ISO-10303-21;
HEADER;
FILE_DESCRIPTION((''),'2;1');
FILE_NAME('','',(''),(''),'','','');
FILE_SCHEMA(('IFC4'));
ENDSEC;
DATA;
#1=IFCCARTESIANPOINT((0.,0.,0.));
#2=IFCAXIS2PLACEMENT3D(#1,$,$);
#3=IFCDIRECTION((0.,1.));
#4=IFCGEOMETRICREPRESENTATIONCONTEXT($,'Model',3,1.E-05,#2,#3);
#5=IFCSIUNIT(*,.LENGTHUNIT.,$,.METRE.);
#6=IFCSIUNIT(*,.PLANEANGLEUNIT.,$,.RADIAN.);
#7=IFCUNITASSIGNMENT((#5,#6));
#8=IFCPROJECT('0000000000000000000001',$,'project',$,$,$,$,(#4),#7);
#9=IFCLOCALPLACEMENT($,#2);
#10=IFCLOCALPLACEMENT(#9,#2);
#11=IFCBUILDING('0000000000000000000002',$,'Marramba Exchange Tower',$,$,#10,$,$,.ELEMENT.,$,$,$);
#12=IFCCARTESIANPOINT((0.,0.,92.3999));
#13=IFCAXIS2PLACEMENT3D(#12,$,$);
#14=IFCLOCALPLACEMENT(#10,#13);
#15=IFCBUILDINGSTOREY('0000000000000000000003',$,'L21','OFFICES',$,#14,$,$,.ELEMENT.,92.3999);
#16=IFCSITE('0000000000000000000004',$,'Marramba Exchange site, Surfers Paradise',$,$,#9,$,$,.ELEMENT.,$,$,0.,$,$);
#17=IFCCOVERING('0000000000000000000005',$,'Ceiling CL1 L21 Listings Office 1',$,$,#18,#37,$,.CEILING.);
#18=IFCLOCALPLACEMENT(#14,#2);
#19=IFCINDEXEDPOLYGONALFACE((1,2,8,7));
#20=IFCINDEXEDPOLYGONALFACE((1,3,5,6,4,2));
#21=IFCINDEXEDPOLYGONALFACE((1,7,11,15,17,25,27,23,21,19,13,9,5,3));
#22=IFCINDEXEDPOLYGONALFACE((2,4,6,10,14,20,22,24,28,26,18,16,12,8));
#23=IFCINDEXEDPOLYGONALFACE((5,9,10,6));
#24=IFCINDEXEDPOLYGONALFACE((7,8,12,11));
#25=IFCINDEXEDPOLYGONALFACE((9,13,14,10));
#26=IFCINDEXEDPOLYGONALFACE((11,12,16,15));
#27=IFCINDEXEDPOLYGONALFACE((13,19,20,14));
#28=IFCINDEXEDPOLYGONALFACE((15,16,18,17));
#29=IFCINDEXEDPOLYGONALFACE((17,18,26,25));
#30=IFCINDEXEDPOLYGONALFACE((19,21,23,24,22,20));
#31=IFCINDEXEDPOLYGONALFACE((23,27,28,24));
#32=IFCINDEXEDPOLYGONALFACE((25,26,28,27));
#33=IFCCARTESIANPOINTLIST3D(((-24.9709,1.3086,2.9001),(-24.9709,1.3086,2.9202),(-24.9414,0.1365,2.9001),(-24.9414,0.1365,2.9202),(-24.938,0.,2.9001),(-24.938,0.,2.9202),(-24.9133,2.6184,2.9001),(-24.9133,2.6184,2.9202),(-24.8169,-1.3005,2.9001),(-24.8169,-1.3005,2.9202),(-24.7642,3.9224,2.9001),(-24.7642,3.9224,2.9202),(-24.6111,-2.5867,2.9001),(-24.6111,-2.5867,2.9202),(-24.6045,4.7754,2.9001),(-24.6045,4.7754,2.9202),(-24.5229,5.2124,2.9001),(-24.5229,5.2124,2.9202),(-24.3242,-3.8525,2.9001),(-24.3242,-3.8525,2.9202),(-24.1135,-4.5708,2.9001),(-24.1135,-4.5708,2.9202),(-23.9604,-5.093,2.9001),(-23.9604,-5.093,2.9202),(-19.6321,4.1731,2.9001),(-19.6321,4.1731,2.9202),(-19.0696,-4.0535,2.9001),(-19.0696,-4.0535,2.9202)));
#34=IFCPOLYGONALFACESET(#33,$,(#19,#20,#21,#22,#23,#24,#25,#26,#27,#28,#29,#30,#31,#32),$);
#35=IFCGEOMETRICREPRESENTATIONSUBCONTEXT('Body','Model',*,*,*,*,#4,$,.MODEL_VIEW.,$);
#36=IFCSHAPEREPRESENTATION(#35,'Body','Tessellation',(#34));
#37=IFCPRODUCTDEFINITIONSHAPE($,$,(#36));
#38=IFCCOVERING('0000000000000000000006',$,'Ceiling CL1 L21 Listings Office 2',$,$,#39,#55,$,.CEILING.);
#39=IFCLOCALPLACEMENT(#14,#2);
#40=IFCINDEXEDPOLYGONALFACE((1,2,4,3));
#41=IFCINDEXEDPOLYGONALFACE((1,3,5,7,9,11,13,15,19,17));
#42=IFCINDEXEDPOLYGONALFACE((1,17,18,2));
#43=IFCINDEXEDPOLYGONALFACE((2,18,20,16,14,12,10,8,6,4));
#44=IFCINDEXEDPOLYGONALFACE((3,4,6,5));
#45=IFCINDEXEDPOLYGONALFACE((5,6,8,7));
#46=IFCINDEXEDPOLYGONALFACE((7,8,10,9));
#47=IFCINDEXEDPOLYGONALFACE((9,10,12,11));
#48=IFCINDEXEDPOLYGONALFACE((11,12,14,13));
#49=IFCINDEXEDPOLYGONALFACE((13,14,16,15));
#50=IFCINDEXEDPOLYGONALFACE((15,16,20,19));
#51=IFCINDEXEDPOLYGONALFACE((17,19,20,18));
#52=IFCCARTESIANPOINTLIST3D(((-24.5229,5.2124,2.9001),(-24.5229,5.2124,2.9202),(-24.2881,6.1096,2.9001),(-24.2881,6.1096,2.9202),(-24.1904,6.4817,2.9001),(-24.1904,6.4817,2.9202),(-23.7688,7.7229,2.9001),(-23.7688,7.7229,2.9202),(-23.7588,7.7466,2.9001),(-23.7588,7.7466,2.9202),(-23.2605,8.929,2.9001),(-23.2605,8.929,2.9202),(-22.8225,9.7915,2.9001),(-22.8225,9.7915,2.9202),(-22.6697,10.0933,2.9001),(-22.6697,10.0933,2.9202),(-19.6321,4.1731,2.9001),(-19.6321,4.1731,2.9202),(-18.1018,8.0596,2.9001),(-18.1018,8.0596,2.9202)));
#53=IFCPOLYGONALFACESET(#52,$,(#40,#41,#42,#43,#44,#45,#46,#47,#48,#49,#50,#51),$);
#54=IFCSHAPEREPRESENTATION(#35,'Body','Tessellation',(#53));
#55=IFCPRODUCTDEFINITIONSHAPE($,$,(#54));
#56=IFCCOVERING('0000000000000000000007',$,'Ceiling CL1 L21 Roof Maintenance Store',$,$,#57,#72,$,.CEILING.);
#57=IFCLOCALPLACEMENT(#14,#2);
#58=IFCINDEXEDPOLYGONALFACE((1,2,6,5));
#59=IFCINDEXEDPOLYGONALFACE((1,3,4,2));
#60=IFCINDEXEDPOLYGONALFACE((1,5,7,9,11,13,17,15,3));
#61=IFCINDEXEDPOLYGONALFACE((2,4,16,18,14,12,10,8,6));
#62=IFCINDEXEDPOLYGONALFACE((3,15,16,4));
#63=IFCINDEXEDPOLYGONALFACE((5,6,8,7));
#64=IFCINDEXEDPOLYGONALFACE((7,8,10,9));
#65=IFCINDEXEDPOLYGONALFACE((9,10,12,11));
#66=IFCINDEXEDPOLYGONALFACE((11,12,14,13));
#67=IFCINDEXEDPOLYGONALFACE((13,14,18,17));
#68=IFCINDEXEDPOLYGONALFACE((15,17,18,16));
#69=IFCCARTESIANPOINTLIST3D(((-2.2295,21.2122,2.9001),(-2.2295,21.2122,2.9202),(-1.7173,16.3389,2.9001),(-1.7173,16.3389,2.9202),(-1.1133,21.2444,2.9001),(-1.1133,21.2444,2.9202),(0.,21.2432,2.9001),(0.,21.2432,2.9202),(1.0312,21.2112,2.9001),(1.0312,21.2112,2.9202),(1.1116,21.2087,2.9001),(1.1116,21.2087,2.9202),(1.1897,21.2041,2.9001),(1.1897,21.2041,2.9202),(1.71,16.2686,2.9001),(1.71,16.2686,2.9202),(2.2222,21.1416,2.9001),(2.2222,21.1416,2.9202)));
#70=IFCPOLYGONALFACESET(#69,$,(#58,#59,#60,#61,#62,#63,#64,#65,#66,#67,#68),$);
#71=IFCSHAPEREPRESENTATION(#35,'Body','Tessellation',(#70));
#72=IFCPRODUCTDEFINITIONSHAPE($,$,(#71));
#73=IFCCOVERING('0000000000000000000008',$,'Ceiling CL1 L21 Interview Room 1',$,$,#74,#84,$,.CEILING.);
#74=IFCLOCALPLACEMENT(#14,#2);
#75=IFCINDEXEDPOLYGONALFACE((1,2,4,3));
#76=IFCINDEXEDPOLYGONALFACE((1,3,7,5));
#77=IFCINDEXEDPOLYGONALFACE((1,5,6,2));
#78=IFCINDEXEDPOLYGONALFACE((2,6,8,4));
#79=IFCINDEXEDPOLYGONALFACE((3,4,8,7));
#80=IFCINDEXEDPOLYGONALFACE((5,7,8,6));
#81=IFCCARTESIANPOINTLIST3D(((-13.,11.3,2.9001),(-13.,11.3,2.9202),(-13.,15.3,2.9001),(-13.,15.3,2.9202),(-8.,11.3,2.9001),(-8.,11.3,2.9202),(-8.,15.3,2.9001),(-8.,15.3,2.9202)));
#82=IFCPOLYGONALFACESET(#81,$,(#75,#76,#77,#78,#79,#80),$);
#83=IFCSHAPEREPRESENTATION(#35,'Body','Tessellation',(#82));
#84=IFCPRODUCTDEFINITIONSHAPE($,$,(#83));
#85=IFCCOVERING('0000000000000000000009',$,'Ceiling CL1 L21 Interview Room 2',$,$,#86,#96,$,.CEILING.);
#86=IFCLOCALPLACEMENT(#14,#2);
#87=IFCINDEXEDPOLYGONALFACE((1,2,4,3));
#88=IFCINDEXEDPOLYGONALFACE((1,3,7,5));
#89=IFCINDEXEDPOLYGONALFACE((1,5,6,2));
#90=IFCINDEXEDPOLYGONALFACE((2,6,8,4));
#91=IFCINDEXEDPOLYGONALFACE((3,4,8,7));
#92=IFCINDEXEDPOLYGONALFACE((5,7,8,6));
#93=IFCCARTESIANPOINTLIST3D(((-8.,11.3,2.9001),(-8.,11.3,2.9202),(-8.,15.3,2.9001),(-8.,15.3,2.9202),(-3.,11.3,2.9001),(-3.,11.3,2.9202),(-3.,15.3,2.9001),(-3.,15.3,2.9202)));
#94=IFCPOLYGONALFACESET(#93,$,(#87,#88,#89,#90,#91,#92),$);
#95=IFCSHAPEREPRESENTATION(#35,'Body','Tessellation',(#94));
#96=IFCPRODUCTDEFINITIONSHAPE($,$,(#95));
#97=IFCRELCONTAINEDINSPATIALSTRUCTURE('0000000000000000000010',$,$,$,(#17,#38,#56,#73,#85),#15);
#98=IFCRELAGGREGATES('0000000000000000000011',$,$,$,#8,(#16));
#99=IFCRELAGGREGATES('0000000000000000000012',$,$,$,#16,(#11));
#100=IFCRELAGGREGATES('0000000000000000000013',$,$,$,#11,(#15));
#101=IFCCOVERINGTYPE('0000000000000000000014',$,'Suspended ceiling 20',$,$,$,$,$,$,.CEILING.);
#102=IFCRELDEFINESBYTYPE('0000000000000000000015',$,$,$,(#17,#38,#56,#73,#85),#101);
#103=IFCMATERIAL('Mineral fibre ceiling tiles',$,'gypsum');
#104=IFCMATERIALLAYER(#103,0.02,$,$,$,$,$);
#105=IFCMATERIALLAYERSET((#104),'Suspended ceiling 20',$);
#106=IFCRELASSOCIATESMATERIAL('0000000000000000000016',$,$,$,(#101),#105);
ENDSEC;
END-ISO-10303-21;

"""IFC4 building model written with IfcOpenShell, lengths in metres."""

from ifc_helpers import new_model, si_unit, direction, frame, origin, place, context, subcontext, project, spatial, polyline, outline, extrude, material, layer, layer_set, type_object, element, save


model = new_model("IFC4")

# Units and contexts
model_context = context("Model", 3, precision=1e-05, world=origin(), true_north=direction((0.0, 1.0)))
body_context = subcontext(model_context, "Body", "Model", "MODEL_VIEW")
ifc_project = project(units=[si_unit("LENGTHUNIT", "METRE"), si_unit("PLANEANGLEUNIT", "RADIAN")], contexts=[model_context])

# Site, building, storey
site_placement = place(None, origin())
site = spatial("IfcSite", under=ifc_project, at=site_placement, Name="Marramba Exchange site, Surfers Paradise", CompositionType="ELEMENT", RefElevation=0.0)
building_placement = place(site_placement, origin())
building = spatial("IfcBuilding", under=site, at=building_placement, Name="Marramba Exchange Tower", CompositionType="ELEMENT")
storey_placement = place(building_placement, frame((0.0, 0.0, 92.3999)))
storey = spatial("IfcBuildingStorey", under=building, at=storey_placement, Name="L21", Description="OFFICES", CompositionType="ELEMENT", Elevation=92.3999)

# Coverings
ifc_material_1 = material(Name="Mineral fibre ceiling tiles", Category="gypsum")
ifc_layer_1 = layer(ifc_material_1, 0.02)
ifc_layer_set_1 = layer_set([ifc_layer_1], Name="Suspended ceiling 20")
covering_type = type_object("IfcCoveringType", Name="Suspended ceiling 20", PredefinedType="CEILING", material=ifc_layer_set_1)
covering_1_placement = place(storey_placement, frame((0.0, 0.0, 2.9001)))
element("IfcCovering", 1, at=covering_1_placement, inside=storey, type_object=covering_type, Name="Ceiling CL1 L21 Listings Office 1", PredefinedType="CEILING", context=body_context, shape_type="SweptSolid", body=[
    extrude(outline(polyline([(-24.1135, -4.5708), (-24.3242, -3.8525), (-24.6111, -2.5867), (-24.8169, -1.3005), (-24.938, 0.0), (-24.9414, 0.1365), (-24.9709, 1.3086), (-24.9133, 2.6184), (-24.7642, 3.9224), (-24.6045, 4.7754), (-24.5229, 5.2124), (-19.6321, 4.1731), (-19.0696, -4.0535), (-23.9604, -5.093), (-24.1135, -4.5708)])), origin(), (0.0, 0.0, 1.0), 0.02),
])
covering_2_placement = place(storey_placement, frame((0.0, 0.0, 2.9001)))
element("IfcCovering", 2, at=covering_2_placement, inside=storey, type_object=covering_type, Name="Ceiling CL1 L21 Listings Office 2", PredefinedType="CEILING", context=body_context, shape_type="SweptSolid", body=[
    extrude(outline(polyline([(-24.2881, 6.1096), (-24.1904, 6.4817), (-23.7688, 7.7229), (-23.7588, 7.7466), (-23.2605, 8.929), (-22.8225, 9.7915), (-22.6697, 10.0933), (-18.1018, 8.0596), (-19.6321, 4.1731), (-24.5229, 5.2124), (-24.2881, 6.1096)])), origin(), (0.0, 0.0, 1.0), 0.02),
])
covering_3_placement = place(storey_placement, frame((0.0, 0.0, 2.9001)))
element("IfcCovering", 3, at=covering_3_placement, inside=storey, type_object=covering_type, Name="Ceiling CL1 L21 Roof Maintenance Store", PredefinedType="CEILING", context=body_context, shape_type="SweptSolid", body=[
    extrude(outline(polyline([(-1.1133, 21.2444), (0.0, 21.2432), (1.0312, 21.2112), (1.1116, 21.2087), (1.1897, 21.2041), (2.2222, 21.1416), (1.71, 16.2686), (-1.7173, 16.3389), (-2.2295, 21.2122), (-1.1133, 21.2444)])), origin(), (0.0, 0.0, 1.0), 0.02),
])
covering_4_placement = place(storey_placement, frame((0.0, 0.0, 2.9001)))
element("IfcCovering", 4, at=covering_4_placement, inside=storey, type_object=covering_type, Name="Ceiling CL1 L21 Interview Room 1", PredefinedType="CEILING", context=body_context, shape_type="SweptSolid", body=[
    extrude(outline(polyline([(-8.0, 11.3), (-13.0, 11.3), (-13.0, 15.3), (-8.0, 15.3), (-8.0, 11.3)])), origin(), (0.0, 0.0, 1.0), 0.02),
])
covering_5_placement = place(storey_placement, frame((0.0, 0.0, 2.9001)))
element("IfcCovering", 5, at=covering_5_placement, inside=storey, type_object=covering_type, Name="Ceiling CL1 L21 Interview Room 2", PredefinedType="CEILING", context=body_context, shape_type="SweptSolid", body=[
    extrude(outline(polyline([(-3.0, 11.3), (-8.0, 11.3), (-8.0, 15.3), (-3.0, 15.3), (-3.0, 11.3)])), origin(), (0.0, 0.0, 1.0), 0.02),
])

save(model, "model.ifc")
